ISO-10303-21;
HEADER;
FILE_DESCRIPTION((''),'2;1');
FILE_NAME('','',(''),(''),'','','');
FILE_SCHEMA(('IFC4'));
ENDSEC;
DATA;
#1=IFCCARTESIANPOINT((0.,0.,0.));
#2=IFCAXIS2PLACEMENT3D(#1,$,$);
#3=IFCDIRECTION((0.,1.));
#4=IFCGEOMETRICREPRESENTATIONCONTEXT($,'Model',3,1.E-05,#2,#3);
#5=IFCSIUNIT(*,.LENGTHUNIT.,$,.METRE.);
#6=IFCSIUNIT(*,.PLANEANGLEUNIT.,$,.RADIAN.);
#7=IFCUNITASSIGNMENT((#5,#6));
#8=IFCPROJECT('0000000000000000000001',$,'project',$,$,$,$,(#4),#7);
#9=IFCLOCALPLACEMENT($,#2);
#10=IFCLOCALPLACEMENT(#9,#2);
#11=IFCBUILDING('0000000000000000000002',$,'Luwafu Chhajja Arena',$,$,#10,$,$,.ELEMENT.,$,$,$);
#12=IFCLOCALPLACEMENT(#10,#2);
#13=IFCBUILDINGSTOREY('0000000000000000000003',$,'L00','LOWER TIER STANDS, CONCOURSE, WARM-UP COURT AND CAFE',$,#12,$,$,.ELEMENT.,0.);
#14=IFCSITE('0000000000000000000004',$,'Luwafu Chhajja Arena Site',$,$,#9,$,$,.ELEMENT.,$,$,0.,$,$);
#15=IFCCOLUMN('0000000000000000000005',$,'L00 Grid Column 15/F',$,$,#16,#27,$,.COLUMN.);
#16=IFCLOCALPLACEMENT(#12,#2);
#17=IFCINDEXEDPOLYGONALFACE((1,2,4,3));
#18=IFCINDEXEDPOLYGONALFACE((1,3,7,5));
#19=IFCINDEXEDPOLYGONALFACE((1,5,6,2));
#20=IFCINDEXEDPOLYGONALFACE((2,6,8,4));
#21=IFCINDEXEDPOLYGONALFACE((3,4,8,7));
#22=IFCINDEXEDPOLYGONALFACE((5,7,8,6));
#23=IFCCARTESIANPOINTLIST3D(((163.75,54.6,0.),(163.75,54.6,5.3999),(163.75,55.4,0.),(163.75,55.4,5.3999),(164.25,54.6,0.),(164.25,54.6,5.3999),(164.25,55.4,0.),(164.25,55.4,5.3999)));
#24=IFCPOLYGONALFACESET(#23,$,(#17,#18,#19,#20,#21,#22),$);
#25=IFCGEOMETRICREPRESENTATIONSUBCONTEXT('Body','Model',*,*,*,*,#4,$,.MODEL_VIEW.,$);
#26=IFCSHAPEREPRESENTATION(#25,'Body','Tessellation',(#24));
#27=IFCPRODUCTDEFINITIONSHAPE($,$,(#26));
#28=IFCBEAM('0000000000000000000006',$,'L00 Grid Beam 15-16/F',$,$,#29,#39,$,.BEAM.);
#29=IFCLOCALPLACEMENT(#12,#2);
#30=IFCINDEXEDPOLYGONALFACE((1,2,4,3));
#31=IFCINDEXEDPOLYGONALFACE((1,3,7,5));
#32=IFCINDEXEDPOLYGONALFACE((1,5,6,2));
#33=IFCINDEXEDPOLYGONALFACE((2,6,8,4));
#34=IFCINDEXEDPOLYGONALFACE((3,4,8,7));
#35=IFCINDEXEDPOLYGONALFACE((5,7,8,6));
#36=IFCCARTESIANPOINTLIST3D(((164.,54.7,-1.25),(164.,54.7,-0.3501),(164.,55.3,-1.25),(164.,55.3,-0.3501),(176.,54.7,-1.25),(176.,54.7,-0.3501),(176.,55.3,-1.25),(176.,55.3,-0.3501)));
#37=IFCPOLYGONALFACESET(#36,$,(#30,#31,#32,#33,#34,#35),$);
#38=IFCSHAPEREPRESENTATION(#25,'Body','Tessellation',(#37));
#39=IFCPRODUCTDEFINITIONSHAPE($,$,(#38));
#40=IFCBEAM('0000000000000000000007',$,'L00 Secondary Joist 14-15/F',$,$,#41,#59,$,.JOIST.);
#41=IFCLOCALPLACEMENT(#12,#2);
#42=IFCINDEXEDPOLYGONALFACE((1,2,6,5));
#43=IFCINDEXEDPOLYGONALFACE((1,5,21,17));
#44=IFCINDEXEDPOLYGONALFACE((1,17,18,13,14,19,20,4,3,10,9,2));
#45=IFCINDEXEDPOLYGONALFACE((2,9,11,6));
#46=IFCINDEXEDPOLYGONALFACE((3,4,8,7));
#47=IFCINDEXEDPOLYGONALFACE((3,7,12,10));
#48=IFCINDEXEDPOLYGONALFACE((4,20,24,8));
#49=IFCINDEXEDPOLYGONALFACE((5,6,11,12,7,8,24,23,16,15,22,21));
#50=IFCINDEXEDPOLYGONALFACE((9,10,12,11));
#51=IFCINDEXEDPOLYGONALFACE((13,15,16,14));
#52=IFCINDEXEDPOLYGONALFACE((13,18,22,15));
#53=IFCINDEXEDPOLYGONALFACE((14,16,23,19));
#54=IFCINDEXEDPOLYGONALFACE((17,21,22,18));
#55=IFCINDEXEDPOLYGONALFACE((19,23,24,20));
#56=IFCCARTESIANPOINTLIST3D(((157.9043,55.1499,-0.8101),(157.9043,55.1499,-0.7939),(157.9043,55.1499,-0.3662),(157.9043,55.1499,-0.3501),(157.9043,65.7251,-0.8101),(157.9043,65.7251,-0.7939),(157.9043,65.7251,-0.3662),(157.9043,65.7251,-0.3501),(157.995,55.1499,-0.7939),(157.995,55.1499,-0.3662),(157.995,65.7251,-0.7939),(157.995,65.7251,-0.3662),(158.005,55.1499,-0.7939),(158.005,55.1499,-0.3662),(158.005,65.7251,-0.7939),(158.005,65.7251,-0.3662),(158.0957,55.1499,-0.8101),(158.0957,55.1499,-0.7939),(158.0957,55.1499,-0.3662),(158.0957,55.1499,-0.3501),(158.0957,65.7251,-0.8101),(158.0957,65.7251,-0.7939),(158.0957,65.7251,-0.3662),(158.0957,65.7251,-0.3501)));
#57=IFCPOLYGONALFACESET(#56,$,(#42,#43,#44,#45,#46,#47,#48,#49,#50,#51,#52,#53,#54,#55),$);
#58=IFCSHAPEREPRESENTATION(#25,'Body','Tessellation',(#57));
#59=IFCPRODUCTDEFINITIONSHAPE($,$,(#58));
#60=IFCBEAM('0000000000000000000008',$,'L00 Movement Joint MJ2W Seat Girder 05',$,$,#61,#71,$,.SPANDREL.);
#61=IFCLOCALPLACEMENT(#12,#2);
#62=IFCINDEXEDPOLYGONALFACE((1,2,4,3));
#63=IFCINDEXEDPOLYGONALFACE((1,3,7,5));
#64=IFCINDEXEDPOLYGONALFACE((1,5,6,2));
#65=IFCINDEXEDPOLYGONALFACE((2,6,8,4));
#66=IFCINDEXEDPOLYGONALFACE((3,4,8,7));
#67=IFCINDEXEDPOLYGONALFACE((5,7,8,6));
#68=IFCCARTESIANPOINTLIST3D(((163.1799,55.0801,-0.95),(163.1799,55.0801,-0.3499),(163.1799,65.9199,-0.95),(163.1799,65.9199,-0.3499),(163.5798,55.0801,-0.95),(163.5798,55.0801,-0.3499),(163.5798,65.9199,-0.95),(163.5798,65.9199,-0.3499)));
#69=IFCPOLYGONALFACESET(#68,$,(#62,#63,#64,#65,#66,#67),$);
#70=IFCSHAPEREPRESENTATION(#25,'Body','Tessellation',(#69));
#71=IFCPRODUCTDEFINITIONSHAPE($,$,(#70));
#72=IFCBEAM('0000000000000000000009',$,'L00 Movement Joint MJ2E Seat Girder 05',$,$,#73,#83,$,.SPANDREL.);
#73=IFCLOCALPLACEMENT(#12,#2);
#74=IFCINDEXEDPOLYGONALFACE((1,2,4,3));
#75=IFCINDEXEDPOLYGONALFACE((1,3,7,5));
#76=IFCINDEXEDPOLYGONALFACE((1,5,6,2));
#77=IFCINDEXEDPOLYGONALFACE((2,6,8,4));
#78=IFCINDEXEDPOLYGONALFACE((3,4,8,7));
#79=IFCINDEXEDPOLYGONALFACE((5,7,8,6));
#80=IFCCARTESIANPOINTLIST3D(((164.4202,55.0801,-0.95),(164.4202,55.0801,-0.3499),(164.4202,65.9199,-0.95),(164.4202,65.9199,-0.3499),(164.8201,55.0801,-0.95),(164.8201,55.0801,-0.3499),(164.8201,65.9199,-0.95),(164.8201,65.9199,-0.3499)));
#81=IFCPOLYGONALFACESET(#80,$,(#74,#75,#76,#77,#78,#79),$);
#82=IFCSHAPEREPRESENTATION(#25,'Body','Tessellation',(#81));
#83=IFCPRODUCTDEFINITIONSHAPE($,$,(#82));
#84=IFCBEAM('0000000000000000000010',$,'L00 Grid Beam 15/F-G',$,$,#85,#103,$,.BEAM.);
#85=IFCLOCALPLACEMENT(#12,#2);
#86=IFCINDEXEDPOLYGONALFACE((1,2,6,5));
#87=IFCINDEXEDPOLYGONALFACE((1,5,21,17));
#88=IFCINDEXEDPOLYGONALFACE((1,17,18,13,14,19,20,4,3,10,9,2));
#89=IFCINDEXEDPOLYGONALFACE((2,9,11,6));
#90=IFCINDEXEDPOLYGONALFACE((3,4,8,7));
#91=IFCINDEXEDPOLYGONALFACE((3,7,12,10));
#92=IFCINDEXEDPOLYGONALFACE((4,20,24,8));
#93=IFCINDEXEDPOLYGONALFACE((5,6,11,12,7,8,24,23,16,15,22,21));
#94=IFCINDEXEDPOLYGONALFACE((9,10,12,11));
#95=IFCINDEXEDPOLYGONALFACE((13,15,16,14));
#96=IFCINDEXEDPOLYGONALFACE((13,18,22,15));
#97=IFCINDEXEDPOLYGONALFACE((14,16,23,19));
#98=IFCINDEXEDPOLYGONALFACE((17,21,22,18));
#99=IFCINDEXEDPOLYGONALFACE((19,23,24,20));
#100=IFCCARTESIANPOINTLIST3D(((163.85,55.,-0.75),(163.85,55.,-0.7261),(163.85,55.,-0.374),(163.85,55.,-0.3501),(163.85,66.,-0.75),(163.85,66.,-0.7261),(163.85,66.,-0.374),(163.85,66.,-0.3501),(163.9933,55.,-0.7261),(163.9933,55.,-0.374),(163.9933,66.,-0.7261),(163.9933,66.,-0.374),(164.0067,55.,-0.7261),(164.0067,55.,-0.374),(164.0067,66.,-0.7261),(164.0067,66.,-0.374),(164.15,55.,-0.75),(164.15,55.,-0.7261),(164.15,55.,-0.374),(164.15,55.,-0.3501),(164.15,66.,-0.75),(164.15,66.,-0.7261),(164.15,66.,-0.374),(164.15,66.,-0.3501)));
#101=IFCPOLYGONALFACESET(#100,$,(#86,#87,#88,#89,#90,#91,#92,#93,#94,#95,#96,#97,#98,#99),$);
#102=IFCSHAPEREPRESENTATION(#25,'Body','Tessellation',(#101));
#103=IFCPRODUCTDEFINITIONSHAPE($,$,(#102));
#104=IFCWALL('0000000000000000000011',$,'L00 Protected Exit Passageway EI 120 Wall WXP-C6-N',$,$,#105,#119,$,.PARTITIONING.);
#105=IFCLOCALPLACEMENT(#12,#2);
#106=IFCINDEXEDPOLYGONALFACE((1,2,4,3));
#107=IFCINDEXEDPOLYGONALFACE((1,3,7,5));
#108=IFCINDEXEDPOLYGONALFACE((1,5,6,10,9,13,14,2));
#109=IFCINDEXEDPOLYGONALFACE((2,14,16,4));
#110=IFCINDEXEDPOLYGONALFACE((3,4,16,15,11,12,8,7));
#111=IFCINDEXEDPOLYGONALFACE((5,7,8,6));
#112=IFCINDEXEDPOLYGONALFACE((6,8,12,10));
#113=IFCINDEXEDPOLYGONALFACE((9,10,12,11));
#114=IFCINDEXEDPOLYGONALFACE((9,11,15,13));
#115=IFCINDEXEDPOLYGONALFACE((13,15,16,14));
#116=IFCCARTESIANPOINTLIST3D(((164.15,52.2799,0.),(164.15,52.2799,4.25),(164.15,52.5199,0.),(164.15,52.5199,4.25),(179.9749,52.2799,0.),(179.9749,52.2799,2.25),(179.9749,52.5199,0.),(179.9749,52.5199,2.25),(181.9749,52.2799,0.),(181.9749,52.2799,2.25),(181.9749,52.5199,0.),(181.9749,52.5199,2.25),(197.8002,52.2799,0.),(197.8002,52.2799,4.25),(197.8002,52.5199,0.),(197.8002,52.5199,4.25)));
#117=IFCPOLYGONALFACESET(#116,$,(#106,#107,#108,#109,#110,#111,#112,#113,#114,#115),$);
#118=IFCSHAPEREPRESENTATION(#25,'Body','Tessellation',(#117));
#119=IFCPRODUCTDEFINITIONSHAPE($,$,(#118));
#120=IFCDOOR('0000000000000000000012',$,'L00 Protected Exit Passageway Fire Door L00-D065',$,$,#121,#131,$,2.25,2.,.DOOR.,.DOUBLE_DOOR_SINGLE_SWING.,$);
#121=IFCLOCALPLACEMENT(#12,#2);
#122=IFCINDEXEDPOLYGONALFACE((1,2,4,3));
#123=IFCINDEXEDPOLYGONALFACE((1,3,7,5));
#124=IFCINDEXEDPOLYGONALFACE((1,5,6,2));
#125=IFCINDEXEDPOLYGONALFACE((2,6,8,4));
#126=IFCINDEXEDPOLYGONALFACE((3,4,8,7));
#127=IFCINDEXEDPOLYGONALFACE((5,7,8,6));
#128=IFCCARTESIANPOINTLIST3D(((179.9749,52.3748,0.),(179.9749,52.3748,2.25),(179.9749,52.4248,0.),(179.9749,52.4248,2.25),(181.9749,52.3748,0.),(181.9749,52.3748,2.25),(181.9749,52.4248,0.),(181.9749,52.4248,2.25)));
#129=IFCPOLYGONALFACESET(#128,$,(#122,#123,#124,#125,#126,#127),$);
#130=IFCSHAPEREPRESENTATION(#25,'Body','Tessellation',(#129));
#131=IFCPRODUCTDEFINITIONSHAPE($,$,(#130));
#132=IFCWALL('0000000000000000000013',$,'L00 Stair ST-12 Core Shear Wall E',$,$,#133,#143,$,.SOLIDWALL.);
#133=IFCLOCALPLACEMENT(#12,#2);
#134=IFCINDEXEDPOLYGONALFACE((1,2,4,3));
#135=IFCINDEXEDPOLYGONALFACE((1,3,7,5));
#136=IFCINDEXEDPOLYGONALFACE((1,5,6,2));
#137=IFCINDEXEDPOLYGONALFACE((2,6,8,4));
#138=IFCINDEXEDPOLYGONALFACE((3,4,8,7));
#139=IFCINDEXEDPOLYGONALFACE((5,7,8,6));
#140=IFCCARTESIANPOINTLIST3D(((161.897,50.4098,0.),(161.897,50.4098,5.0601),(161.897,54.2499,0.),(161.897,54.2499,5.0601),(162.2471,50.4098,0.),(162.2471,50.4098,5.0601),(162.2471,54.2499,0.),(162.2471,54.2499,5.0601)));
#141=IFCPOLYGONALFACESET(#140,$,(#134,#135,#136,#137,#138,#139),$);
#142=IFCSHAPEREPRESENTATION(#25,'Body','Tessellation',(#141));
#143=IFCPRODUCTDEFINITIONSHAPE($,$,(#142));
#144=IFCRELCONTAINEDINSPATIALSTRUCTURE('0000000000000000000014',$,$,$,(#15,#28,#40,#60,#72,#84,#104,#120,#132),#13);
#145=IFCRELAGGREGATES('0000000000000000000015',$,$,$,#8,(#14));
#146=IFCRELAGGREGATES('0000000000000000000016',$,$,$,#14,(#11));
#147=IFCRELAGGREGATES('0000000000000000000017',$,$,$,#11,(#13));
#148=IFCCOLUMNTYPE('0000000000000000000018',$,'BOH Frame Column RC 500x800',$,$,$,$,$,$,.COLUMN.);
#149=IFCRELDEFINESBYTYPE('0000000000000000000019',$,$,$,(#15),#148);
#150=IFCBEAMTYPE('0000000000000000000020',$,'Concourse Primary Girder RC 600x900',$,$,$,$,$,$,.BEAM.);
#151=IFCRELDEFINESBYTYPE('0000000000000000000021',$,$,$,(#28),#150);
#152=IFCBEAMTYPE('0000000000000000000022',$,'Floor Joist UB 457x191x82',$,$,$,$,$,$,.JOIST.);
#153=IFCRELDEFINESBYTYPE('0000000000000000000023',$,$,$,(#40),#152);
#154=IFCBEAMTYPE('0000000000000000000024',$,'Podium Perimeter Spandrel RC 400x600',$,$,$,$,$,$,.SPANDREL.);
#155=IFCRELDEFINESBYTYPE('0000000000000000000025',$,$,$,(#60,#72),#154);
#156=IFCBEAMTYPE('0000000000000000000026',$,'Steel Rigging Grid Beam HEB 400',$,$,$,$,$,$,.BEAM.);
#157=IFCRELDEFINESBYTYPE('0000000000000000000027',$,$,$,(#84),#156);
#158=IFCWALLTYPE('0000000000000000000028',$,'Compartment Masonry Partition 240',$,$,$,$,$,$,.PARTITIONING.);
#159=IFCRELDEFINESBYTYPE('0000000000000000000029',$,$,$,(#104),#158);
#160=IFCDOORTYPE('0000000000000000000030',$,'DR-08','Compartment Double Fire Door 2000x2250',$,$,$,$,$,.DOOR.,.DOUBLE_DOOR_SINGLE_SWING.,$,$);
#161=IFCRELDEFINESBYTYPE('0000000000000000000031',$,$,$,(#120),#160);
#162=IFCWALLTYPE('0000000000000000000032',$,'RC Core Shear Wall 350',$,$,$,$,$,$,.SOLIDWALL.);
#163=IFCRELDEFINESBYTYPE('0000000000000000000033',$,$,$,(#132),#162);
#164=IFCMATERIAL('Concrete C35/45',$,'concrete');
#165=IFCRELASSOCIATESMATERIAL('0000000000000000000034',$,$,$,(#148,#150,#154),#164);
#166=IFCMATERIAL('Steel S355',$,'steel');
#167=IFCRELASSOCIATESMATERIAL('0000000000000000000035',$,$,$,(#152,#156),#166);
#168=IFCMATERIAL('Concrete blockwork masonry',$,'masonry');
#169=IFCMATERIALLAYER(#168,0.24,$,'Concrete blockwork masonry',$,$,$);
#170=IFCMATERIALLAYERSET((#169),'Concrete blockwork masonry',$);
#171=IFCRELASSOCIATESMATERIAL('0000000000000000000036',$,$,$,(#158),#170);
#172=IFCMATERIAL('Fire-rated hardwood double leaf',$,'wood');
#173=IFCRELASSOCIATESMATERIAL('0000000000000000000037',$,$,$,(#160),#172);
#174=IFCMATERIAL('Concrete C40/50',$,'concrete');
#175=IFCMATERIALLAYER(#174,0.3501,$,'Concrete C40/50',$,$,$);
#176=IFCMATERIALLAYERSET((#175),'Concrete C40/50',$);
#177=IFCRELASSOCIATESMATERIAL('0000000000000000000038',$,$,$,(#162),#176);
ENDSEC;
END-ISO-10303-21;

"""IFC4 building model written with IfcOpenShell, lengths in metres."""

from ifc_helpers import new_model, si_unit, direction, frame, frame_2d, origin, origin_2d, place, context, subcontext, project, spatial, rectangle, i_section, extrude, material, layer, layer_set, material_profile, profile_set, type_object, element, fill, save


model = new_model("IFC4")

# Units and contexts
model_context = context("Model", 3, precision=1e-05, world=origin(), true_north=direction((0.0, 1.0)))
body_context = subcontext(model_context, "Body", "Model", "MODEL_VIEW")
ifc_project = project(units=[si_unit("LENGTHUNIT", "METRE"), si_unit("PLANEANGLEUNIT", "RADIAN")], contexts=[model_context])

# Site, building, storey
site_placement = place(None, origin())
site = spatial("IfcSite", under=ifc_project, at=site_placement, Name="Luwafu Chhajja Arena Site", CompositionType="ELEMENT", RefElevation=0.0)
building_placement = place(site_placement, origin())
building = spatial("IfcBuilding", under=site, at=building_placement, Name="Luwafu Chhajja Arena", CompositionType="ELEMENT")
storey_placement = place(building_placement, origin())
storey = spatial("IfcBuildingStorey", under=building, at=storey_placement, Name="L00", Description="LOWER TIER STANDS, CONCOURSE, WARM-UP COURT AND CAFE", CompositionType="ELEMENT", Elevation=0.0)

# Column
ifc_material_1 = material(Name="Concrete C35/45", Category="concrete")
ifc_material_profile_1 = material_profile(ifc_material_1, rectangle(XDim=0.5, YDim=0.8, at=origin_2d()), Name="RC 500x800")
ifc_profile_set_1 = profile_set([ifc_material_profile_1], Name="Concrete C35/45")
column_type = type_object("IfcColumnType", Name="BOH Frame Column RC 500x800", PredefinedType="COLUMN", material=ifc_profile_set_1)
column_placement = place(storey_placement, frame((164.0, 55.0, 0.0), z_axis=(0.0, 0.0, 1.0), x_axis=(1.0, 0.0, 0.0)))
element("IfcColumn", 1, at=column_placement, inside=storey, type_object=column_type, Name="L00 Grid Column 15/F", PredefinedType="COLUMN", context=body_context, shape_type="SweptSolid", body=[
    extrude(rectangle(XDim=0.5, YDim=0.8, at=origin_2d()), origin(), (0.0, 0.0, 1.0), 5.3999),
])

# Beams
ifc_material_profile_2 = material_profile(ifc_material_1, rectangle(XDim=0.6001, YDim=0.8999, at=origin_2d()), Name="RC 600x900")
ifc_profile_set_2 = profile_set([ifc_material_profile_2], Name="Concrete C35/45")
beam_type_1 = type_object("IfcBeamType", Name="Concourse Primary Girder RC 600x900", PredefinedType="BEAM", material=ifc_profile_set_2)
beam_1_placement = place(storey_placement, frame((164.0, 55.0, -0.8), z_axis=(1.0, 0.0, 0.0), x_axis=(0.0, 1.0, 0.0)))
element("IfcBeam", 2, at=beam_1_placement, inside=storey, type_object=beam_type_1, Name="L00 Grid Beam 15-16/F", PredefinedType="BEAM", context=body_context, shape_type="SweptSolid", body=[
    extrude(rectangle(XDim=0.6001, YDim=0.8999, at=origin_2d()), origin(), (0.0, 0.0, 1.0), 12.0),
])
ifc_material_2 = material(Name="Steel S355", Category="steel")
ifc_material_profile_3 = material_profile(ifc_material_2, i_section(OverallWidth=0.1914, OverallDepth=0.46, WebThickness=0.01, FlangeThickness=0.0161, at=origin_2d()), Name="UB 457x191x82")
ifc_profile_set_3 = profile_set([ifc_material_profile_3], Name="Steel S355")
beam_type_2 = type_object("IfcBeamType", Name="Floor Joist UB 457x191x82", PredefinedType="JOIST", material=ifc_profile_set_3)
beam_2_placement = place(storey_placement, frame((158.0, 55.1499, -0.5801), z_axis=(0.0, 1.0, 0.0), x_axis=(-1.0, 0.0, 0.0)))
element("IfcBeam", 3, at=beam_2_placement, inside=storey, type_object=beam_type_2, Name="L00 Secondary Joist 14-15/F", PredefinedType="JOIST", context=body_context, shape_type="SweptSolid", body=[
    extrude(i_section(OverallWidth=0.1914, OverallDepth=0.46, WebThickness=0.01, FlangeThickness=0.0161, at=origin_2d()), origin(), (0.0, 0.0, 1.0), 10.5752),
])
ifc_material_profile_4 = material_profile(ifc_material_1, rectangle(XDim=0.3999, YDim=0.6001, at=origin_2d()), Name="RC 400x600")
ifc_profile_set_4 = profile_set([ifc_material_profile_4], Name="Concrete C35/45")
beam_type_3 = type_object("IfcBeamType", Name="Podium Perimeter Spandrel RC 400x600", PredefinedType="SPANDREL", material=ifc_profile_set_4)
for number, where, z_axis, x_axis, name in (
    (4, (163.3799, 55.0801, -0.6499), (0.0, 1.0, 0.0), (-1.0, 0.0, 0.0), "L00 Movement Joint MJ2W Seat Girder 05"),
    (5, (164.6201, 55.0801, -0.6499), (0.0, 1.0, 0.0), (-1.0, 0.0, 0.0), "L00 Movement Joint MJ2E Seat Girder 05"),
):
    element("IfcBeam", number, at=place(storey_placement, frame(where, z_axis=z_axis, x_axis=x_axis)), inside=storey, type_object=beam_type_3, Name=name, PredefinedType="SPANDREL", context=body_context, shape_type="SweptSolid", body=[
        extrude(rectangle(XDim=0.3999, YDim=0.6001, at=origin_2d()), origin(), (0.0, 0.0, 1.0), 10.8398),
    ])
ifc_material_profile_5 = material_profile(ifc_material_2, i_section(OverallWidth=0.3, OverallDepth=0.3999, WebThickness=0.0134, FlangeThickness=0.0239, at=origin_2d()), Name="HEB 400")
ifc_profile_set_5 = profile_set([ifc_material_profile_5], Name="Steel S355")
beam_type_4 = type_object("IfcBeamType", Name="Steel Rigging Grid Beam HEB 400", PredefinedType="BEAM", material=ifc_profile_set_5)
beam_3_placement = place(storey_placement, frame((164.0, 55.0, -0.55), z_axis=(0.0, 1.0, 0.0), x_axis=(-1.0, 0.0, 0.0)))
element("IfcBeam", 6, at=beam_3_placement, inside=storey, type_object=beam_type_4, Name="L00 Grid Beam 15/F-G", PredefinedType="BEAM", context=body_context, shape_type="SweptSolid", body=[
    extrude(i_section(OverallWidth=0.3, OverallDepth=0.3999, WebThickness=0.0134, FlangeThickness=0.0239, at=origin_2d()), origin(), (0.0, 0.0, 1.0), 11.0),
])

# Wall, opening, door
ifc_material_3 = material(Name="Concrete blockwork masonry", Category="masonry")
ifc_layer_1 = layer(ifc_material_3, 0.24, Name="Concrete blockwork masonry")
ifc_layer_set_1 = layer_set([ifc_layer_1], Name="Concrete blockwork masonry")
wall_type_1 = type_object("IfcWallType", Name="Compartment Masonry Partition 240", PredefinedType="PARTITIONING", material=ifc_layer_set_1)
wall_1_placement = place(storey_placement, frame((164.1499, 52.3999, 0.0), z_axis=(0.0, 0.0, 1.0), x_axis=(1.0, 0.0, 0.0)))
wall_1 = element("IfcWall", 7, at=wall_1_placement, inside=storey, type_object=wall_type_1, Name="L00 Protected Exit Passageway EI 120 Wall WXP-C6-N", PredefinedType="PARTITIONING", context=body_context, shape_type="SweptSolid", body=[
    extrude(rectangle(XDim=33.6501, YDim=0.24, at=frame_2d((16.8252, 0.0))), origin(), (0.0, 0.0, 1.0), 4.25),
])
opening_placement = place(wall_1_placement, frame((15.825, 0.0, 0.0)))
opening = element("IfcOpeningElement", 8, at=opening_placement, cuts=wall_1, PredefinedType="OPENING", context=body_context, shape_type="SweptSolid", body=[
    extrude(rectangle(XDim=2.0, YDim=2.25, at=frame_2d((1.0, 1.125))), frame((0.0, 0.1299, 0.0), z_axis=(0.0, -1.0, 0.0), x_axis=(1.0, 0.0, 0.0)), (0.0, 0.0, 1.0), 0.26),
])
ifc_material_4 = material(Name="Fire-rated hardwood double leaf", Category="wood")
door_type = type_object("IfcDoorType", Name="DR-08", Description="Compartment Double Fire Door 2000x2250", OperationType="DOUBLE_DOOR_SINGLE_SWING", PredefinedType="DOOR", material=ifc_material_4)
door_placement = place(opening_placement, origin())
door = element("IfcDoor", 9, at=door_placement, inside=storey, type_object=door_type, Name="L00 Protected Exit Passageway Fire Door L00-D065", OperationType="DOUBLE_DOOR_SINGLE_SWING", OverallHeight=2.25, OverallWidth=2.0, PredefinedType="DOOR", context=body_context, shape_type="SweptSolid", body=[
    extrude(rectangle(XDim=2.0, YDim=2.25, at=frame_2d((1.0, 1.125))), frame((0.0, 0.0249, 0.0), z_axis=(0.0, -1.0, 0.0), x_axis=(1.0, 0.0, 0.0)), (0.0, 0.0, 1.0), 0.05),
])
fill(opening, door)

# Wall
ifc_material_5 = material(Name="Concrete C40/50", Category="concrete")
ifc_layer_2 = layer(ifc_material_5, 0.3501, Name="Concrete C40/50")
ifc_layer_set_2 = layer_set([ifc_layer_2], Name="Concrete C40/50")
wall_type_2 = type_object("IfcWallType", Name="RC Core Shear Wall 350", PredefinedType="SOLIDWALL", material=ifc_layer_set_2)
wall_2_placement = place(storey_placement, frame((162.072, 50.4099, 0.0), z_axis=(0.0, 0.0, 1.0), x_axis=(0.0, 1.0, 0.0)))
element("IfcWall", 10, at=wall_2_placement, inside=storey, type_object=wall_type_2, Name="L00 Stair ST-12 Core Shear Wall E", PredefinedType="SOLIDWALL", context=body_context, shape_type="SweptSolid", body=[
    extrude(rectangle(XDim=3.8401, YDim=0.3501, at=frame_2d((1.9199, 0.0))), origin(), (0.0, 0.0, 1.0), 5.0601),
])

save(model, "model.ifc")
